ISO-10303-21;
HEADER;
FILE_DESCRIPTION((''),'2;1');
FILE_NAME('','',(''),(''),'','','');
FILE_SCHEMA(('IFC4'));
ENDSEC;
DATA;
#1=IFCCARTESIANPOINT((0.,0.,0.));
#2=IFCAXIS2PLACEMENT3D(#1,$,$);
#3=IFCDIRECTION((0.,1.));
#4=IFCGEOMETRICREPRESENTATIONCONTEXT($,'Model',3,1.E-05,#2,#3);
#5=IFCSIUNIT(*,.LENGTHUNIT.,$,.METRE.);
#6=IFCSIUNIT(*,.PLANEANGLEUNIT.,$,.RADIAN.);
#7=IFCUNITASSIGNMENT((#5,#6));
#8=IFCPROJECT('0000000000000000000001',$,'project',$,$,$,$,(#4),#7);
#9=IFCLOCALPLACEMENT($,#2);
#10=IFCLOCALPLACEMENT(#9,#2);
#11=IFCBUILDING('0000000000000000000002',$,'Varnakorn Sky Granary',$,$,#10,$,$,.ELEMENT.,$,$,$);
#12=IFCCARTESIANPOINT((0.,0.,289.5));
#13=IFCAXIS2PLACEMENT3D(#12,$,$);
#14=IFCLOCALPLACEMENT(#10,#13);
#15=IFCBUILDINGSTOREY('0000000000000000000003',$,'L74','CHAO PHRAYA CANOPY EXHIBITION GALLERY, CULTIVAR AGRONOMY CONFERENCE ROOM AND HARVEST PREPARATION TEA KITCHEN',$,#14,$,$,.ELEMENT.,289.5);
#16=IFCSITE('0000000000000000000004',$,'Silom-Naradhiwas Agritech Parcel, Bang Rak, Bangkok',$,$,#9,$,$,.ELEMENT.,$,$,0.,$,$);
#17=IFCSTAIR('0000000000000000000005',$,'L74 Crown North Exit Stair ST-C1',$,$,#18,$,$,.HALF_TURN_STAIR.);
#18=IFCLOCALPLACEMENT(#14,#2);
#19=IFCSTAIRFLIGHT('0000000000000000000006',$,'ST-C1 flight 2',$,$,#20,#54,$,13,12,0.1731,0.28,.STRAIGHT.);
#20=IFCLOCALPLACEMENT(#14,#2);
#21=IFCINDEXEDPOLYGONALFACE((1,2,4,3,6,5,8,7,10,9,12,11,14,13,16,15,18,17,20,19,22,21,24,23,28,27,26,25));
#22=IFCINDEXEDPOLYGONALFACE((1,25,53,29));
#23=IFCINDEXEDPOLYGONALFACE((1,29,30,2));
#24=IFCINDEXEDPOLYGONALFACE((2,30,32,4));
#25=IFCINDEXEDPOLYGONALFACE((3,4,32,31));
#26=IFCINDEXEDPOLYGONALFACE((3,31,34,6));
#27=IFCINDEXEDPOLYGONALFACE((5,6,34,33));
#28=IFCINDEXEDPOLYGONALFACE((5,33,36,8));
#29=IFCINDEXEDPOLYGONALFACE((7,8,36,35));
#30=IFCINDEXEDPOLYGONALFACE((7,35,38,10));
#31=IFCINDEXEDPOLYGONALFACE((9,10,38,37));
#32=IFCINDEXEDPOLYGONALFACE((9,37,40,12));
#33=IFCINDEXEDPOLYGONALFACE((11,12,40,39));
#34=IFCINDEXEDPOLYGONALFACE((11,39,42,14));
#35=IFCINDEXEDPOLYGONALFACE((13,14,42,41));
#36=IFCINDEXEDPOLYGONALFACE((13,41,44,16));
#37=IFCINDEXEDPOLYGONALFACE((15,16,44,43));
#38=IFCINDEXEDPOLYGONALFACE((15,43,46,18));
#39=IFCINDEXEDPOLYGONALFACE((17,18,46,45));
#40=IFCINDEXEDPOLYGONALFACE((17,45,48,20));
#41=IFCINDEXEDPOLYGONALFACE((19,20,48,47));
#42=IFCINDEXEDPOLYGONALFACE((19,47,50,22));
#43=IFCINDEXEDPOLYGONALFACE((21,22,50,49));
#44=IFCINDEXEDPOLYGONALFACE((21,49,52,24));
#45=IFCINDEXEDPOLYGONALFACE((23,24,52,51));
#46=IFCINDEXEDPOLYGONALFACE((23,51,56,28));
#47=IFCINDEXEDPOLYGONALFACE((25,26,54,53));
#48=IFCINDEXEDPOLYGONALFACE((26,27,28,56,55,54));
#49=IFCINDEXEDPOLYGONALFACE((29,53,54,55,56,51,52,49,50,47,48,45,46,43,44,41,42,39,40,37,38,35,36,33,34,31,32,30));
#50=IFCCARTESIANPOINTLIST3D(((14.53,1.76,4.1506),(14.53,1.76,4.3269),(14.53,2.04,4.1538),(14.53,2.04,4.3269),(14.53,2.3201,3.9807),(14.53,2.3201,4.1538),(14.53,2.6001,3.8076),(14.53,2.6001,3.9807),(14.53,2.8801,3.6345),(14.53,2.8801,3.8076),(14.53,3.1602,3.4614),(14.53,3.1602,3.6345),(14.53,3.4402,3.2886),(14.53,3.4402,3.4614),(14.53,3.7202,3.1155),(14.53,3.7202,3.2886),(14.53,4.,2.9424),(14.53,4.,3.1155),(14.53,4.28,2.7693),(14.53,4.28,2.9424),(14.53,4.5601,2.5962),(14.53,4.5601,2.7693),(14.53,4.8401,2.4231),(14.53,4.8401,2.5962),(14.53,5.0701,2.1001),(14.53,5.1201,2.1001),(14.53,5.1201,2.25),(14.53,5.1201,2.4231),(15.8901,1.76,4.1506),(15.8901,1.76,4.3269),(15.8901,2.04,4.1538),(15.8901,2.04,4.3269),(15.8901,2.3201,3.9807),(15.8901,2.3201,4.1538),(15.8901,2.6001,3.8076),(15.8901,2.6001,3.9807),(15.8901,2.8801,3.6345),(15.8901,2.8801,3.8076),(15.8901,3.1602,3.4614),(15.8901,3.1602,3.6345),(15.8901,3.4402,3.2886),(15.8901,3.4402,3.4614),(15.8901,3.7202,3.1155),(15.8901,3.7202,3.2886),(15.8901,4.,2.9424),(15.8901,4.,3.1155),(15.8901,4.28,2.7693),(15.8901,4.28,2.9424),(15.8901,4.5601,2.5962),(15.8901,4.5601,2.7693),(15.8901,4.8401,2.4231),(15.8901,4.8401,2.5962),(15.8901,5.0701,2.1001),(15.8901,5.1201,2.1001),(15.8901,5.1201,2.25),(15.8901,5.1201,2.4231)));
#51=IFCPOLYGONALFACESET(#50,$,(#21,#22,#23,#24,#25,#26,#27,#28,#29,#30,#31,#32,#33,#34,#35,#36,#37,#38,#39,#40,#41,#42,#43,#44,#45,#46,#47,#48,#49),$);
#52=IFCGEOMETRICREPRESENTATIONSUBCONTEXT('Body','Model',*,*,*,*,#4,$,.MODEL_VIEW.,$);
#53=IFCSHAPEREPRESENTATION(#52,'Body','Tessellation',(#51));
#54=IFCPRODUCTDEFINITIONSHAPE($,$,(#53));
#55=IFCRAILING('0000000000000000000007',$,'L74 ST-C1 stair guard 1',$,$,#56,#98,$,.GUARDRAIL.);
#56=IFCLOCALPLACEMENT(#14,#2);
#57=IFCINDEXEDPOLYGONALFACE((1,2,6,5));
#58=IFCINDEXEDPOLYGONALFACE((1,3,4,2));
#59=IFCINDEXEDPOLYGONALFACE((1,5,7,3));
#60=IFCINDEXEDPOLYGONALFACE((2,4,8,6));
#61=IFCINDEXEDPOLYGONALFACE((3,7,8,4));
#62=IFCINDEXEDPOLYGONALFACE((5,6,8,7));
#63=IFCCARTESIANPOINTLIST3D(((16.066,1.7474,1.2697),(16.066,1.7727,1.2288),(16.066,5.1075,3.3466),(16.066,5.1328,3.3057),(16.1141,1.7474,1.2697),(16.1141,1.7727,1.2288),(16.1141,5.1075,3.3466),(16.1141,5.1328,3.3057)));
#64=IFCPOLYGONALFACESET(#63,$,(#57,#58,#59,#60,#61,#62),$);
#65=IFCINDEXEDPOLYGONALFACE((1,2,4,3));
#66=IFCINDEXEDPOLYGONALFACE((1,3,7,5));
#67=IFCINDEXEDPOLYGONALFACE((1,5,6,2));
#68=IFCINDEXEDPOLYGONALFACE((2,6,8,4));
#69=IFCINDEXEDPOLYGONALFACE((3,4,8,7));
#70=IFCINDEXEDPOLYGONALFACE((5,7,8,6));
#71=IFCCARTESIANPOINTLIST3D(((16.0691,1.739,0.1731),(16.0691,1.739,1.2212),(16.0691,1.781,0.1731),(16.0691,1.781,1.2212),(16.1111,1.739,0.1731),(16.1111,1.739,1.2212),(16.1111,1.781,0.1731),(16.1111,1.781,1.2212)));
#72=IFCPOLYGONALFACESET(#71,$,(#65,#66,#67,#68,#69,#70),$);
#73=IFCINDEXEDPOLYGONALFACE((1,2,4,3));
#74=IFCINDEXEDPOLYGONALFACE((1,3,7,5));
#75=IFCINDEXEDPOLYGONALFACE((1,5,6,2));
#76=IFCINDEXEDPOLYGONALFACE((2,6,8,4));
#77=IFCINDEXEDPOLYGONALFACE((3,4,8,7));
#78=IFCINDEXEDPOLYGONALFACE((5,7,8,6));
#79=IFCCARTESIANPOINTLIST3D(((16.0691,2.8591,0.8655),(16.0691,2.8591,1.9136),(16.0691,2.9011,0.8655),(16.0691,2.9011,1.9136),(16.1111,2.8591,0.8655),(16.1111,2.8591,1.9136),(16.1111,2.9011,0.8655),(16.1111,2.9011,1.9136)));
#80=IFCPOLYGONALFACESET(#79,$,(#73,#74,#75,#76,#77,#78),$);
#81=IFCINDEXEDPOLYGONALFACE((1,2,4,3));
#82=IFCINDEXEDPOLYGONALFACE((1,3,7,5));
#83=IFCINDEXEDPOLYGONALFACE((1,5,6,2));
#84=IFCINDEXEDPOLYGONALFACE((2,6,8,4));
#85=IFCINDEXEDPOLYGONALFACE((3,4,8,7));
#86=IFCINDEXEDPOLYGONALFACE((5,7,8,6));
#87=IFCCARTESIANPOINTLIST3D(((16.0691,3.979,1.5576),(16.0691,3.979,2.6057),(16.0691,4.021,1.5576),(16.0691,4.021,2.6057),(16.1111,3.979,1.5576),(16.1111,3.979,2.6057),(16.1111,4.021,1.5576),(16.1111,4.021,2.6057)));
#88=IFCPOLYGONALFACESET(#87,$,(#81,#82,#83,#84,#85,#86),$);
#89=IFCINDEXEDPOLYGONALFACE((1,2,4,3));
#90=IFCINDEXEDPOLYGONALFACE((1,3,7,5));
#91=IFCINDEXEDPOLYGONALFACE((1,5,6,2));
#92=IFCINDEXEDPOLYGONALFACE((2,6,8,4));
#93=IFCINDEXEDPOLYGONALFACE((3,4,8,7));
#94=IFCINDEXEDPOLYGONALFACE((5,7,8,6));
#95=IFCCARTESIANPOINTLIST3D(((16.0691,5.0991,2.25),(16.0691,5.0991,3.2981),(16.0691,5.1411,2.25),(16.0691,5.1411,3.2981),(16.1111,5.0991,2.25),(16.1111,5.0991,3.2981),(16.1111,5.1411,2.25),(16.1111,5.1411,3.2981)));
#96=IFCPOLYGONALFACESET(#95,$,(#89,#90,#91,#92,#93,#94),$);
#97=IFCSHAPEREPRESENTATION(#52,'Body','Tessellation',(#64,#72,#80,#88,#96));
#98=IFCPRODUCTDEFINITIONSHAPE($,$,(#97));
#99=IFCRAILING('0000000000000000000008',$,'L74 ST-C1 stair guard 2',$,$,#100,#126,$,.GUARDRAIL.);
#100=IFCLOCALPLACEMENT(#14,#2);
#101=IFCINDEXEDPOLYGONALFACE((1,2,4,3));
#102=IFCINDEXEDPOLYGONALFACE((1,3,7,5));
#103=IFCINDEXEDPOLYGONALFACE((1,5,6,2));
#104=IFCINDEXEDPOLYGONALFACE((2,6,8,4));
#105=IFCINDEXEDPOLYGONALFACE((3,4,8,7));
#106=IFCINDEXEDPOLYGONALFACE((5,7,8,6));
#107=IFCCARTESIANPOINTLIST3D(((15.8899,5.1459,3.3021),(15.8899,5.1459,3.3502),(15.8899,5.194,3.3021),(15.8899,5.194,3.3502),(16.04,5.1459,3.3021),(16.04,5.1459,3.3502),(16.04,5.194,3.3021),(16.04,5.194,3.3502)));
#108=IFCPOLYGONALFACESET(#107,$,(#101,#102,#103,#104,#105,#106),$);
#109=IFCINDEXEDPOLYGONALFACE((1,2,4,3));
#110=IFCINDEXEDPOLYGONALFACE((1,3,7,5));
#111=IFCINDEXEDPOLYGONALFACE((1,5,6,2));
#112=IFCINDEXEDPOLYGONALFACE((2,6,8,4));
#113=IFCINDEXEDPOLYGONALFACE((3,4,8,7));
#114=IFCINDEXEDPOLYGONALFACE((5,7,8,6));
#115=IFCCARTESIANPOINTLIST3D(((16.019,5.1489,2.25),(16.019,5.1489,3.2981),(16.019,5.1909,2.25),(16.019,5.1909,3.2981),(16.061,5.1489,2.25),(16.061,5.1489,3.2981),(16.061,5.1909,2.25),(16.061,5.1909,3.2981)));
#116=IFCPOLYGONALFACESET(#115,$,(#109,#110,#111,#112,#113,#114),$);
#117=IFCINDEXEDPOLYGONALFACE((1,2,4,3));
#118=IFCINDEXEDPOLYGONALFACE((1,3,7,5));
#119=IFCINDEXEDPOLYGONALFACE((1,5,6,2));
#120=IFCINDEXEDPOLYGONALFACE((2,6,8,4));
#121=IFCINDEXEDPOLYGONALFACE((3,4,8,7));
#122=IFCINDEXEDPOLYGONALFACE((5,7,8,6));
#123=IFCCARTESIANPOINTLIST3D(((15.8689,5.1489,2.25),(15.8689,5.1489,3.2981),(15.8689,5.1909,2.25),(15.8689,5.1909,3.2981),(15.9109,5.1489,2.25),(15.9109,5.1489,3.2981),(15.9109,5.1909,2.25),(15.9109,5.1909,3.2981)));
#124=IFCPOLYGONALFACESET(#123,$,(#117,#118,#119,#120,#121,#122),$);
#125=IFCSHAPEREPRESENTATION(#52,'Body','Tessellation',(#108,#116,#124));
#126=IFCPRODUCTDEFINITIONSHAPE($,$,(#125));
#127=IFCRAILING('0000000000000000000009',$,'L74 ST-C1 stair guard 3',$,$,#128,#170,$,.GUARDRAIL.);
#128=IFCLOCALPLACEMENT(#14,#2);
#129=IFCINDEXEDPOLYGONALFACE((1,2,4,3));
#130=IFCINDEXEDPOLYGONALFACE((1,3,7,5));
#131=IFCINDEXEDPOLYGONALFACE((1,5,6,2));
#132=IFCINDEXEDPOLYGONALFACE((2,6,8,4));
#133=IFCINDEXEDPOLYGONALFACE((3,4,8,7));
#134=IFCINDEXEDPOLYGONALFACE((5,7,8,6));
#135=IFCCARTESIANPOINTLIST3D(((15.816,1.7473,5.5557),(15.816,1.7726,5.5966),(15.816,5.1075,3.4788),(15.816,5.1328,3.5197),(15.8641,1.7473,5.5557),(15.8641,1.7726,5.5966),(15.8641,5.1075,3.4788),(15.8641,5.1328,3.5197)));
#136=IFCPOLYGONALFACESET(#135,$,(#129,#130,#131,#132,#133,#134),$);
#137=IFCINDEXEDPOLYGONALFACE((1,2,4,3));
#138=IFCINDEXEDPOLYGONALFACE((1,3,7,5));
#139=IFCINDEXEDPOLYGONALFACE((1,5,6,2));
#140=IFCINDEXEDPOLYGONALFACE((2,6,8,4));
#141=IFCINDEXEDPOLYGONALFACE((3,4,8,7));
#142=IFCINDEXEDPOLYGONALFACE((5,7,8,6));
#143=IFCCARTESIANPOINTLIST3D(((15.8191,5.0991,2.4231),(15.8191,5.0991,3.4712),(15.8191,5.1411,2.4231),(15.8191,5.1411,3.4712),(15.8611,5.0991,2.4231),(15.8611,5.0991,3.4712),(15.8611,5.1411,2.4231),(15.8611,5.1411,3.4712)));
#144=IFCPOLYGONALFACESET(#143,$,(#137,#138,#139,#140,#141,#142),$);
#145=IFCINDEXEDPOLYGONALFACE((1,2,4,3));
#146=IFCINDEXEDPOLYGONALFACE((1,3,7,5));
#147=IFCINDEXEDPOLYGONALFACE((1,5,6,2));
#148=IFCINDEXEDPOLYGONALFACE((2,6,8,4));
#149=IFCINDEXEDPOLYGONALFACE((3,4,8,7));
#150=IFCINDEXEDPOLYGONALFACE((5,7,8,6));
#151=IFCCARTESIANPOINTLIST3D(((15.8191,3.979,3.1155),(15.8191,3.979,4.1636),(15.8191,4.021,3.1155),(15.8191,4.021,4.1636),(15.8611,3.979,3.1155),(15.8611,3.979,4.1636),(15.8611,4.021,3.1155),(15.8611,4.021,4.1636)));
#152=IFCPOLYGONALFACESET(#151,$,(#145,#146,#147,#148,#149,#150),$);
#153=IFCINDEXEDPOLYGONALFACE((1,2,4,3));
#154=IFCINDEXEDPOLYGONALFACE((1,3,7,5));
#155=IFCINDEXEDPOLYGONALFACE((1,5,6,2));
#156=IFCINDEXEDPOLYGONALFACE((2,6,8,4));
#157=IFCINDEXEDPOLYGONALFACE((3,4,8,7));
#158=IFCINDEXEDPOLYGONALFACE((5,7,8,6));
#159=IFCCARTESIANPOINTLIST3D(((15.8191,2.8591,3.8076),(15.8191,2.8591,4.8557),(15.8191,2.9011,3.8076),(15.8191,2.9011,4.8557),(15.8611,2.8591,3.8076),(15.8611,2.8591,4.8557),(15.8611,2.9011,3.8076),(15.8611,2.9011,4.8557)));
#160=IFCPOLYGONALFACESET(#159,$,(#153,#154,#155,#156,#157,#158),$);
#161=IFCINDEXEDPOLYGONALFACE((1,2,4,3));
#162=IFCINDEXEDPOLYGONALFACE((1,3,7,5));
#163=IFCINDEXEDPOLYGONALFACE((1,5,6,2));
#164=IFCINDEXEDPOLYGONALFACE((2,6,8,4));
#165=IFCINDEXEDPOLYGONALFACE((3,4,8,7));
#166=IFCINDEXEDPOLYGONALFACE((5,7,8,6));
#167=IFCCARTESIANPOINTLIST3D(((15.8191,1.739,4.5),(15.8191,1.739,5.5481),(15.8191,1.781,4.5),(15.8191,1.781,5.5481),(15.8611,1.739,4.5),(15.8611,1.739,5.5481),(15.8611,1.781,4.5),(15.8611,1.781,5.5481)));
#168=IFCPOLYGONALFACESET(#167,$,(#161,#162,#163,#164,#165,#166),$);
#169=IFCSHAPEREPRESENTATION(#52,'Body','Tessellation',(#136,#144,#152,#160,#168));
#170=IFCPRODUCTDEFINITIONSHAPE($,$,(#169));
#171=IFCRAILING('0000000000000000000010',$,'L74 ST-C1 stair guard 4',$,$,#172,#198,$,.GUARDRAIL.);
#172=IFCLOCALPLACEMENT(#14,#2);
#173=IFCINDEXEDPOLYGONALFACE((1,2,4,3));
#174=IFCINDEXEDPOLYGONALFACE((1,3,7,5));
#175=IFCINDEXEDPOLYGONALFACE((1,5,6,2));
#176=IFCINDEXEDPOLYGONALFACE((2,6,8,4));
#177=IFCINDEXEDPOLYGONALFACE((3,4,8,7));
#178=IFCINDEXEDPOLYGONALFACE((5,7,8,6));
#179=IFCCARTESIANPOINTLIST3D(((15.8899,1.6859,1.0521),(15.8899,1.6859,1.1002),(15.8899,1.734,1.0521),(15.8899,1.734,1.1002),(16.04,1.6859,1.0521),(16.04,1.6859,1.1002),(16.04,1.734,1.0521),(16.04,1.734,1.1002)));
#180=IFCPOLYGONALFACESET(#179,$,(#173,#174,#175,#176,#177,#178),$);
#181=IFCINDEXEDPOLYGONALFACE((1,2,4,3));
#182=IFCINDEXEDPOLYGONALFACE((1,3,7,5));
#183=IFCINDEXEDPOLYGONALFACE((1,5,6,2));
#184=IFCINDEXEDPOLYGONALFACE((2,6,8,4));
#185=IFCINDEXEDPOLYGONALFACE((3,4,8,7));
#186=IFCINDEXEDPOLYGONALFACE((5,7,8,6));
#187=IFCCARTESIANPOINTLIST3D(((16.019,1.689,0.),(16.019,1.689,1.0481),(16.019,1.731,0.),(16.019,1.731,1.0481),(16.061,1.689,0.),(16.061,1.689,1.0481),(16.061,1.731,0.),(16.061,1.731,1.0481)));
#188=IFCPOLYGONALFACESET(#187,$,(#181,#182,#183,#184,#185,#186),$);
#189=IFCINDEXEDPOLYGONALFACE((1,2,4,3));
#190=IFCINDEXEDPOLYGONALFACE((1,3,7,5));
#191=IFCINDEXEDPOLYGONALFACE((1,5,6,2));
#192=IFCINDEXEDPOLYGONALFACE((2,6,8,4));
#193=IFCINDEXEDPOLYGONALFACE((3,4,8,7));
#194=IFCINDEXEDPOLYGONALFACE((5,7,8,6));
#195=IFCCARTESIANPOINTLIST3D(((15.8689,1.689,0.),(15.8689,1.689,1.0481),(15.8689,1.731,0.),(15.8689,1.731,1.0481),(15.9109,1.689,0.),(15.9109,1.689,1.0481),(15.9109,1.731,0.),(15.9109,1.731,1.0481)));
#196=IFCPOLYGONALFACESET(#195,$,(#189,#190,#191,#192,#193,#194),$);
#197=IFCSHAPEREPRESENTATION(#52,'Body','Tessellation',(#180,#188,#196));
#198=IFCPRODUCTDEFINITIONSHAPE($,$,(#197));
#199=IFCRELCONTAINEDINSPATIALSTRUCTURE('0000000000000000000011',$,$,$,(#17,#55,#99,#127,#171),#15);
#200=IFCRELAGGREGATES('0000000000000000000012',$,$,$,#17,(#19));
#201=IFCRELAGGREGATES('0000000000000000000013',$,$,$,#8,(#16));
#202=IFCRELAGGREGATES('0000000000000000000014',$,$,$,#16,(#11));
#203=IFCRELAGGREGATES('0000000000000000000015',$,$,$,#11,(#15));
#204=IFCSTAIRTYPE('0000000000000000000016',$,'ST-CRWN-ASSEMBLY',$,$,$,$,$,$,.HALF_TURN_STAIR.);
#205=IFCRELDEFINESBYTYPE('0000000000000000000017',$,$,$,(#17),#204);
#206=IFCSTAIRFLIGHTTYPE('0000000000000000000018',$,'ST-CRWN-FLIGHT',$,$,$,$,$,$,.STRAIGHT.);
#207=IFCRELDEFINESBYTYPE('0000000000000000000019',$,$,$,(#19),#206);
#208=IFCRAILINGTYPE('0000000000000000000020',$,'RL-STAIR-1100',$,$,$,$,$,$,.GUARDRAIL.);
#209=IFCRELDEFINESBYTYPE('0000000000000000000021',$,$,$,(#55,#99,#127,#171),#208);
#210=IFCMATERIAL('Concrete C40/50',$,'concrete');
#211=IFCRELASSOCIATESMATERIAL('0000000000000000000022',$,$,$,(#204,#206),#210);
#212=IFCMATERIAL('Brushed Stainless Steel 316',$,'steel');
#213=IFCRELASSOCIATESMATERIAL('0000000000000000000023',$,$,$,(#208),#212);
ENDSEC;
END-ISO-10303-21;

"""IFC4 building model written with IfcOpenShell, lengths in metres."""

from ifc_helpers import new_model, si_unit, direction, frame, origin, origin_2d, place, context, subcontext, project, spatial, polyline, rectangle, outline, extrude, material, type_object, element, aggregate, save


model = new_model("IFC4")

# Units and contexts
model_context = context("Model", 3, precision=1e-05, world=origin(), true_north=direction((0.0, 1.0)))
body_context = subcontext(model_context, "Body", "Model", "MODEL_VIEW")
ifc_project = project(units=[si_unit("LENGTHUNIT", "METRE"), si_unit("PLANEANGLEUNIT", "RADIAN")], contexts=[model_context])

# Site, building, storey
site_placement = place(None, origin())
site = spatial("IfcSite", under=ifc_project, at=site_placement, Name="Silom-Naradhiwas Agritech Parcel, Bang Rak, Bangkok", CompositionType="ELEMENT", RefElevation=0.0)
building_placement = place(site_placement, origin())
building = spatial("IfcBuilding", under=site, at=building_placement, Name="Varnakorn Sky Granary", CompositionType="ELEMENT")
storey_placement = place(building_placement, frame((0.0, 0.0, 289.5)))
storey = spatial("IfcBuildingStorey", under=building, at=storey_placement, Name="L74", Description="CHAO PHRAYA CANOPY EXHIBITION GALLERY, CULTIVAR AGRONOMY CONFERENCE ROOM AND HARVEST PREPARATION TEA KITCHEN", CompositionType="ELEMENT", Elevation=289.5)

# Stair, stair flight
ifc_material_1 = material(Name="Concrete C40/50", Category="concrete")
stair_type = type_object("IfcStairType", Name="ST-CRWN-ASSEMBLY", PredefinedType="HALF_TURN_STAIR", material=ifc_material_1)
stair_placement = place(storey_placement, origin())
stair = element("IfcStair", 1, at=stair_placement, inside=storey, type_object=stair_type, Name="L74 Crown North Exit Stair ST-C1", PredefinedType="HALF_TURN_STAIR")
stair_flight_type = type_object("IfcStairFlightType", Name="ST-CRWN-FLIGHT", PredefinedType="STRAIGHT", material=ifc_material_1)
stair_flight_1_placement = place(storey_placement, frame((15.21, 5.1201, 2.25), z_axis=(0.0, 0.0, 1.0), x_axis=(0.0, -1.0, 0.0)))
stair_flight_1 = element("IfcStairFlight", 2, at=stair_flight_1_placement, type_object=stair_flight_type, Name="ST-C1 flight 2", NumberOfRisers=13, NumberOfTreads=12, PredefinedType="STRAIGHT", RiserHeight=0.1731, TreadLength=0.28, context=body_context, shape_type="SweptSolid", body=[
    extrude(outline(polyline([(0.0, -0.1499), (0.0, 0.0), (0.0, 0.1731), (0.28, 0.1731), (0.28, 0.3462), (0.5601, 0.3462), (0.5601, 0.5193), (0.8401, 0.5193), (0.8401, 0.6924), (1.1201, 0.6924), (1.1201, 0.8655), (1.3999, 0.8655), (1.3999, 1.0386), (1.6799, 1.0386), (1.6799, 1.2114), (1.96, 1.2114), (1.96, 1.3845), (2.24, 1.3845), (2.24, 1.5576), (2.52, 1.5576), (2.52, 1.7307), (2.8, 1.7307), (2.8, 1.9038), (3.0801, 1.9038), (3.0801, 2.0769), (3.3601, 2.0769), (3.3601, 2.25), (3.3601, 1.9006), (0.05, -0.1499), (0.0, -0.1499)])), frame((0.0, 0.6802, 0.0), z_axis=(0.0, -1.0, 0.0), x_axis=(1.0, 0.0, 0.0)), (0.0, 0.0, 1.0), 1.3601),
])
aggregate(stair, [stair_flight_1])

# Railings
ifc_material_2 = material(Name="Brushed Stainless Steel 316", Category="steel")
railing_type_1 = type_object("IfcRailingType", Name="RL-STAIR-1100", PredefinedType="GUARDRAIL", material=ifc_material_2)
railing_1_placement = place(storey_placement, frame((16.0901, 1.76, 0.1731)))
element("IfcRailing", 3, at=railing_1_placement, inside=storey, type_object=railing_type_1, Name="L74 ST-C1 stair guard 1", PredefinedType="GUARDRAIL", context=body_context, shape_type="SweptSolid", body=[
    extrude(rectangle(XDim=0.0481, YDim=0.0481, at=origin_2d()), frame((0.0, 0.0, 1.0762), z_axis=(0.0, 0.850623, 0.525776), x_axis=(-1.0, 0.0, 0.0)), (0.0, 0.0, 1.0), 3.9502),
    extrude(rectangle(XDim=0.042, YDim=0.042, at=origin_2d()), origin(), (0.0, 0.0, 1.0), 1.0481),
    extrude(rectangle(XDim=0.042, YDim=0.042, at=origin_2d()), frame((0.0, 1.1201, 0.6924)), (0.0, 0.0, 1.0), 1.0481),
    extrude(rectangle(XDim=0.042, YDim=0.042, at=origin_2d()), frame((0.0, 2.24, 1.3845)), (0.0, 0.0, 1.0), 1.0481),
    extrude(rectangle(XDim=0.042, YDim=0.042, at=origin_2d()), frame((0.0, 3.3601, 2.0769)), (0.0, 0.0, 1.0), 1.0481),
])
railing_2_placement = place(storey_placement, frame((16.04, 5.1699, 2.25)))
element("IfcRailing", 4, at=railing_2_placement, inside=storey, type_object=railing_type_1, Name="L74 ST-C1 stair guard 2", PredefinedType="GUARDRAIL", context=body_context, shape_type="SweptSolid", body=[
    extrude(rectangle(XDim=0.0481, YDim=0.0481, at=origin_2d()), frame((0.0, 0.0, 1.0762), z_axis=(-1.0, 0.0, 0.0), x_axis=(0.0, -1.0, 0.0)), (0.0, 0.0, 1.0), 0.1501),
    extrude(rectangle(XDim=0.042, YDim=0.042, at=origin_2d()), origin(), (0.0, 0.0, 1.0), 1.0481),
    extrude(rectangle(XDim=0.042, YDim=0.042, at=origin_2d()), frame((-0.1501, 0.0, 0.0)), (0.0, 0.0, 1.0), 1.0481),
])
railing_3_placement = place(storey_placement, frame((15.8401, 5.1201, 2.4231)))
element("IfcRailing", 5, at=railing_3_placement, inside=storey, type_object=railing_type_1, Name="L74 ST-C1 stair guard 3", PredefinedType="GUARDRAIL", context=body_context, shape_type="SweptSolid", body=[
    extrude(rectangle(XDim=0.0481, YDim=0.0481, at=origin_2d()), frame((0.0, 0.0, 1.0762), z_axis=(0.0, -0.850623, 0.525776), x_axis=(1.0, 0.0, 0.0)), (0.0, 0.0, 1.0), 3.9502),
    extrude(rectangle(XDim=0.042, YDim=0.042, at=origin_2d()), origin(), (0.0, 0.0, 1.0), 1.0481),
    extrude(rectangle(XDim=0.042, YDim=0.042, at=origin_2d()), frame((0.0, -1.1201, 0.6924)), (0.0, 0.0, 1.0), 1.0481),
    extrude(rectangle(XDim=0.042, YDim=0.042, at=origin_2d()), frame((0.0, -2.24, 1.3845)), (0.0, 0.0, 1.0), 1.0481),
    extrude(rectangle(XDim=0.042, YDim=0.042, at=origin_2d()), frame((0.0, -3.3601, 2.0769)), (0.0, 0.0, 1.0), 1.0481),
])
railing_4_placement = place(storey_placement, frame((16.04, 1.71, 0.0)))
element("IfcRailing", 6, at=railing_4_placement, inside=storey, type_object=railing_type_1, Name="L74 ST-C1 stair guard 4", PredefinedType="GUARDRAIL", context=body_context, shape_type="SweptSolid", body=[
    extrude(rectangle(XDim=0.0481, YDim=0.0481, at=origin_2d()), frame((0.0, 0.0, 1.0762), z_axis=(-1.0, 0.0, 0.0), x_axis=(0.0, -1.0, 0.0)), (0.0, 0.0, 1.0), 0.1501),
    extrude(rectangle(XDim=0.042, YDim=0.042, at=origin_2d()), origin(), (0.0, 0.0, 1.0), 1.0481),
    extrude(rectangle(XDim=0.042, YDim=0.042, at=origin_2d()), frame((-0.1501, 0.0, 0.0)), (0.0, 0.0, 1.0), 1.0481),
])

save(model, "model.ifc")
